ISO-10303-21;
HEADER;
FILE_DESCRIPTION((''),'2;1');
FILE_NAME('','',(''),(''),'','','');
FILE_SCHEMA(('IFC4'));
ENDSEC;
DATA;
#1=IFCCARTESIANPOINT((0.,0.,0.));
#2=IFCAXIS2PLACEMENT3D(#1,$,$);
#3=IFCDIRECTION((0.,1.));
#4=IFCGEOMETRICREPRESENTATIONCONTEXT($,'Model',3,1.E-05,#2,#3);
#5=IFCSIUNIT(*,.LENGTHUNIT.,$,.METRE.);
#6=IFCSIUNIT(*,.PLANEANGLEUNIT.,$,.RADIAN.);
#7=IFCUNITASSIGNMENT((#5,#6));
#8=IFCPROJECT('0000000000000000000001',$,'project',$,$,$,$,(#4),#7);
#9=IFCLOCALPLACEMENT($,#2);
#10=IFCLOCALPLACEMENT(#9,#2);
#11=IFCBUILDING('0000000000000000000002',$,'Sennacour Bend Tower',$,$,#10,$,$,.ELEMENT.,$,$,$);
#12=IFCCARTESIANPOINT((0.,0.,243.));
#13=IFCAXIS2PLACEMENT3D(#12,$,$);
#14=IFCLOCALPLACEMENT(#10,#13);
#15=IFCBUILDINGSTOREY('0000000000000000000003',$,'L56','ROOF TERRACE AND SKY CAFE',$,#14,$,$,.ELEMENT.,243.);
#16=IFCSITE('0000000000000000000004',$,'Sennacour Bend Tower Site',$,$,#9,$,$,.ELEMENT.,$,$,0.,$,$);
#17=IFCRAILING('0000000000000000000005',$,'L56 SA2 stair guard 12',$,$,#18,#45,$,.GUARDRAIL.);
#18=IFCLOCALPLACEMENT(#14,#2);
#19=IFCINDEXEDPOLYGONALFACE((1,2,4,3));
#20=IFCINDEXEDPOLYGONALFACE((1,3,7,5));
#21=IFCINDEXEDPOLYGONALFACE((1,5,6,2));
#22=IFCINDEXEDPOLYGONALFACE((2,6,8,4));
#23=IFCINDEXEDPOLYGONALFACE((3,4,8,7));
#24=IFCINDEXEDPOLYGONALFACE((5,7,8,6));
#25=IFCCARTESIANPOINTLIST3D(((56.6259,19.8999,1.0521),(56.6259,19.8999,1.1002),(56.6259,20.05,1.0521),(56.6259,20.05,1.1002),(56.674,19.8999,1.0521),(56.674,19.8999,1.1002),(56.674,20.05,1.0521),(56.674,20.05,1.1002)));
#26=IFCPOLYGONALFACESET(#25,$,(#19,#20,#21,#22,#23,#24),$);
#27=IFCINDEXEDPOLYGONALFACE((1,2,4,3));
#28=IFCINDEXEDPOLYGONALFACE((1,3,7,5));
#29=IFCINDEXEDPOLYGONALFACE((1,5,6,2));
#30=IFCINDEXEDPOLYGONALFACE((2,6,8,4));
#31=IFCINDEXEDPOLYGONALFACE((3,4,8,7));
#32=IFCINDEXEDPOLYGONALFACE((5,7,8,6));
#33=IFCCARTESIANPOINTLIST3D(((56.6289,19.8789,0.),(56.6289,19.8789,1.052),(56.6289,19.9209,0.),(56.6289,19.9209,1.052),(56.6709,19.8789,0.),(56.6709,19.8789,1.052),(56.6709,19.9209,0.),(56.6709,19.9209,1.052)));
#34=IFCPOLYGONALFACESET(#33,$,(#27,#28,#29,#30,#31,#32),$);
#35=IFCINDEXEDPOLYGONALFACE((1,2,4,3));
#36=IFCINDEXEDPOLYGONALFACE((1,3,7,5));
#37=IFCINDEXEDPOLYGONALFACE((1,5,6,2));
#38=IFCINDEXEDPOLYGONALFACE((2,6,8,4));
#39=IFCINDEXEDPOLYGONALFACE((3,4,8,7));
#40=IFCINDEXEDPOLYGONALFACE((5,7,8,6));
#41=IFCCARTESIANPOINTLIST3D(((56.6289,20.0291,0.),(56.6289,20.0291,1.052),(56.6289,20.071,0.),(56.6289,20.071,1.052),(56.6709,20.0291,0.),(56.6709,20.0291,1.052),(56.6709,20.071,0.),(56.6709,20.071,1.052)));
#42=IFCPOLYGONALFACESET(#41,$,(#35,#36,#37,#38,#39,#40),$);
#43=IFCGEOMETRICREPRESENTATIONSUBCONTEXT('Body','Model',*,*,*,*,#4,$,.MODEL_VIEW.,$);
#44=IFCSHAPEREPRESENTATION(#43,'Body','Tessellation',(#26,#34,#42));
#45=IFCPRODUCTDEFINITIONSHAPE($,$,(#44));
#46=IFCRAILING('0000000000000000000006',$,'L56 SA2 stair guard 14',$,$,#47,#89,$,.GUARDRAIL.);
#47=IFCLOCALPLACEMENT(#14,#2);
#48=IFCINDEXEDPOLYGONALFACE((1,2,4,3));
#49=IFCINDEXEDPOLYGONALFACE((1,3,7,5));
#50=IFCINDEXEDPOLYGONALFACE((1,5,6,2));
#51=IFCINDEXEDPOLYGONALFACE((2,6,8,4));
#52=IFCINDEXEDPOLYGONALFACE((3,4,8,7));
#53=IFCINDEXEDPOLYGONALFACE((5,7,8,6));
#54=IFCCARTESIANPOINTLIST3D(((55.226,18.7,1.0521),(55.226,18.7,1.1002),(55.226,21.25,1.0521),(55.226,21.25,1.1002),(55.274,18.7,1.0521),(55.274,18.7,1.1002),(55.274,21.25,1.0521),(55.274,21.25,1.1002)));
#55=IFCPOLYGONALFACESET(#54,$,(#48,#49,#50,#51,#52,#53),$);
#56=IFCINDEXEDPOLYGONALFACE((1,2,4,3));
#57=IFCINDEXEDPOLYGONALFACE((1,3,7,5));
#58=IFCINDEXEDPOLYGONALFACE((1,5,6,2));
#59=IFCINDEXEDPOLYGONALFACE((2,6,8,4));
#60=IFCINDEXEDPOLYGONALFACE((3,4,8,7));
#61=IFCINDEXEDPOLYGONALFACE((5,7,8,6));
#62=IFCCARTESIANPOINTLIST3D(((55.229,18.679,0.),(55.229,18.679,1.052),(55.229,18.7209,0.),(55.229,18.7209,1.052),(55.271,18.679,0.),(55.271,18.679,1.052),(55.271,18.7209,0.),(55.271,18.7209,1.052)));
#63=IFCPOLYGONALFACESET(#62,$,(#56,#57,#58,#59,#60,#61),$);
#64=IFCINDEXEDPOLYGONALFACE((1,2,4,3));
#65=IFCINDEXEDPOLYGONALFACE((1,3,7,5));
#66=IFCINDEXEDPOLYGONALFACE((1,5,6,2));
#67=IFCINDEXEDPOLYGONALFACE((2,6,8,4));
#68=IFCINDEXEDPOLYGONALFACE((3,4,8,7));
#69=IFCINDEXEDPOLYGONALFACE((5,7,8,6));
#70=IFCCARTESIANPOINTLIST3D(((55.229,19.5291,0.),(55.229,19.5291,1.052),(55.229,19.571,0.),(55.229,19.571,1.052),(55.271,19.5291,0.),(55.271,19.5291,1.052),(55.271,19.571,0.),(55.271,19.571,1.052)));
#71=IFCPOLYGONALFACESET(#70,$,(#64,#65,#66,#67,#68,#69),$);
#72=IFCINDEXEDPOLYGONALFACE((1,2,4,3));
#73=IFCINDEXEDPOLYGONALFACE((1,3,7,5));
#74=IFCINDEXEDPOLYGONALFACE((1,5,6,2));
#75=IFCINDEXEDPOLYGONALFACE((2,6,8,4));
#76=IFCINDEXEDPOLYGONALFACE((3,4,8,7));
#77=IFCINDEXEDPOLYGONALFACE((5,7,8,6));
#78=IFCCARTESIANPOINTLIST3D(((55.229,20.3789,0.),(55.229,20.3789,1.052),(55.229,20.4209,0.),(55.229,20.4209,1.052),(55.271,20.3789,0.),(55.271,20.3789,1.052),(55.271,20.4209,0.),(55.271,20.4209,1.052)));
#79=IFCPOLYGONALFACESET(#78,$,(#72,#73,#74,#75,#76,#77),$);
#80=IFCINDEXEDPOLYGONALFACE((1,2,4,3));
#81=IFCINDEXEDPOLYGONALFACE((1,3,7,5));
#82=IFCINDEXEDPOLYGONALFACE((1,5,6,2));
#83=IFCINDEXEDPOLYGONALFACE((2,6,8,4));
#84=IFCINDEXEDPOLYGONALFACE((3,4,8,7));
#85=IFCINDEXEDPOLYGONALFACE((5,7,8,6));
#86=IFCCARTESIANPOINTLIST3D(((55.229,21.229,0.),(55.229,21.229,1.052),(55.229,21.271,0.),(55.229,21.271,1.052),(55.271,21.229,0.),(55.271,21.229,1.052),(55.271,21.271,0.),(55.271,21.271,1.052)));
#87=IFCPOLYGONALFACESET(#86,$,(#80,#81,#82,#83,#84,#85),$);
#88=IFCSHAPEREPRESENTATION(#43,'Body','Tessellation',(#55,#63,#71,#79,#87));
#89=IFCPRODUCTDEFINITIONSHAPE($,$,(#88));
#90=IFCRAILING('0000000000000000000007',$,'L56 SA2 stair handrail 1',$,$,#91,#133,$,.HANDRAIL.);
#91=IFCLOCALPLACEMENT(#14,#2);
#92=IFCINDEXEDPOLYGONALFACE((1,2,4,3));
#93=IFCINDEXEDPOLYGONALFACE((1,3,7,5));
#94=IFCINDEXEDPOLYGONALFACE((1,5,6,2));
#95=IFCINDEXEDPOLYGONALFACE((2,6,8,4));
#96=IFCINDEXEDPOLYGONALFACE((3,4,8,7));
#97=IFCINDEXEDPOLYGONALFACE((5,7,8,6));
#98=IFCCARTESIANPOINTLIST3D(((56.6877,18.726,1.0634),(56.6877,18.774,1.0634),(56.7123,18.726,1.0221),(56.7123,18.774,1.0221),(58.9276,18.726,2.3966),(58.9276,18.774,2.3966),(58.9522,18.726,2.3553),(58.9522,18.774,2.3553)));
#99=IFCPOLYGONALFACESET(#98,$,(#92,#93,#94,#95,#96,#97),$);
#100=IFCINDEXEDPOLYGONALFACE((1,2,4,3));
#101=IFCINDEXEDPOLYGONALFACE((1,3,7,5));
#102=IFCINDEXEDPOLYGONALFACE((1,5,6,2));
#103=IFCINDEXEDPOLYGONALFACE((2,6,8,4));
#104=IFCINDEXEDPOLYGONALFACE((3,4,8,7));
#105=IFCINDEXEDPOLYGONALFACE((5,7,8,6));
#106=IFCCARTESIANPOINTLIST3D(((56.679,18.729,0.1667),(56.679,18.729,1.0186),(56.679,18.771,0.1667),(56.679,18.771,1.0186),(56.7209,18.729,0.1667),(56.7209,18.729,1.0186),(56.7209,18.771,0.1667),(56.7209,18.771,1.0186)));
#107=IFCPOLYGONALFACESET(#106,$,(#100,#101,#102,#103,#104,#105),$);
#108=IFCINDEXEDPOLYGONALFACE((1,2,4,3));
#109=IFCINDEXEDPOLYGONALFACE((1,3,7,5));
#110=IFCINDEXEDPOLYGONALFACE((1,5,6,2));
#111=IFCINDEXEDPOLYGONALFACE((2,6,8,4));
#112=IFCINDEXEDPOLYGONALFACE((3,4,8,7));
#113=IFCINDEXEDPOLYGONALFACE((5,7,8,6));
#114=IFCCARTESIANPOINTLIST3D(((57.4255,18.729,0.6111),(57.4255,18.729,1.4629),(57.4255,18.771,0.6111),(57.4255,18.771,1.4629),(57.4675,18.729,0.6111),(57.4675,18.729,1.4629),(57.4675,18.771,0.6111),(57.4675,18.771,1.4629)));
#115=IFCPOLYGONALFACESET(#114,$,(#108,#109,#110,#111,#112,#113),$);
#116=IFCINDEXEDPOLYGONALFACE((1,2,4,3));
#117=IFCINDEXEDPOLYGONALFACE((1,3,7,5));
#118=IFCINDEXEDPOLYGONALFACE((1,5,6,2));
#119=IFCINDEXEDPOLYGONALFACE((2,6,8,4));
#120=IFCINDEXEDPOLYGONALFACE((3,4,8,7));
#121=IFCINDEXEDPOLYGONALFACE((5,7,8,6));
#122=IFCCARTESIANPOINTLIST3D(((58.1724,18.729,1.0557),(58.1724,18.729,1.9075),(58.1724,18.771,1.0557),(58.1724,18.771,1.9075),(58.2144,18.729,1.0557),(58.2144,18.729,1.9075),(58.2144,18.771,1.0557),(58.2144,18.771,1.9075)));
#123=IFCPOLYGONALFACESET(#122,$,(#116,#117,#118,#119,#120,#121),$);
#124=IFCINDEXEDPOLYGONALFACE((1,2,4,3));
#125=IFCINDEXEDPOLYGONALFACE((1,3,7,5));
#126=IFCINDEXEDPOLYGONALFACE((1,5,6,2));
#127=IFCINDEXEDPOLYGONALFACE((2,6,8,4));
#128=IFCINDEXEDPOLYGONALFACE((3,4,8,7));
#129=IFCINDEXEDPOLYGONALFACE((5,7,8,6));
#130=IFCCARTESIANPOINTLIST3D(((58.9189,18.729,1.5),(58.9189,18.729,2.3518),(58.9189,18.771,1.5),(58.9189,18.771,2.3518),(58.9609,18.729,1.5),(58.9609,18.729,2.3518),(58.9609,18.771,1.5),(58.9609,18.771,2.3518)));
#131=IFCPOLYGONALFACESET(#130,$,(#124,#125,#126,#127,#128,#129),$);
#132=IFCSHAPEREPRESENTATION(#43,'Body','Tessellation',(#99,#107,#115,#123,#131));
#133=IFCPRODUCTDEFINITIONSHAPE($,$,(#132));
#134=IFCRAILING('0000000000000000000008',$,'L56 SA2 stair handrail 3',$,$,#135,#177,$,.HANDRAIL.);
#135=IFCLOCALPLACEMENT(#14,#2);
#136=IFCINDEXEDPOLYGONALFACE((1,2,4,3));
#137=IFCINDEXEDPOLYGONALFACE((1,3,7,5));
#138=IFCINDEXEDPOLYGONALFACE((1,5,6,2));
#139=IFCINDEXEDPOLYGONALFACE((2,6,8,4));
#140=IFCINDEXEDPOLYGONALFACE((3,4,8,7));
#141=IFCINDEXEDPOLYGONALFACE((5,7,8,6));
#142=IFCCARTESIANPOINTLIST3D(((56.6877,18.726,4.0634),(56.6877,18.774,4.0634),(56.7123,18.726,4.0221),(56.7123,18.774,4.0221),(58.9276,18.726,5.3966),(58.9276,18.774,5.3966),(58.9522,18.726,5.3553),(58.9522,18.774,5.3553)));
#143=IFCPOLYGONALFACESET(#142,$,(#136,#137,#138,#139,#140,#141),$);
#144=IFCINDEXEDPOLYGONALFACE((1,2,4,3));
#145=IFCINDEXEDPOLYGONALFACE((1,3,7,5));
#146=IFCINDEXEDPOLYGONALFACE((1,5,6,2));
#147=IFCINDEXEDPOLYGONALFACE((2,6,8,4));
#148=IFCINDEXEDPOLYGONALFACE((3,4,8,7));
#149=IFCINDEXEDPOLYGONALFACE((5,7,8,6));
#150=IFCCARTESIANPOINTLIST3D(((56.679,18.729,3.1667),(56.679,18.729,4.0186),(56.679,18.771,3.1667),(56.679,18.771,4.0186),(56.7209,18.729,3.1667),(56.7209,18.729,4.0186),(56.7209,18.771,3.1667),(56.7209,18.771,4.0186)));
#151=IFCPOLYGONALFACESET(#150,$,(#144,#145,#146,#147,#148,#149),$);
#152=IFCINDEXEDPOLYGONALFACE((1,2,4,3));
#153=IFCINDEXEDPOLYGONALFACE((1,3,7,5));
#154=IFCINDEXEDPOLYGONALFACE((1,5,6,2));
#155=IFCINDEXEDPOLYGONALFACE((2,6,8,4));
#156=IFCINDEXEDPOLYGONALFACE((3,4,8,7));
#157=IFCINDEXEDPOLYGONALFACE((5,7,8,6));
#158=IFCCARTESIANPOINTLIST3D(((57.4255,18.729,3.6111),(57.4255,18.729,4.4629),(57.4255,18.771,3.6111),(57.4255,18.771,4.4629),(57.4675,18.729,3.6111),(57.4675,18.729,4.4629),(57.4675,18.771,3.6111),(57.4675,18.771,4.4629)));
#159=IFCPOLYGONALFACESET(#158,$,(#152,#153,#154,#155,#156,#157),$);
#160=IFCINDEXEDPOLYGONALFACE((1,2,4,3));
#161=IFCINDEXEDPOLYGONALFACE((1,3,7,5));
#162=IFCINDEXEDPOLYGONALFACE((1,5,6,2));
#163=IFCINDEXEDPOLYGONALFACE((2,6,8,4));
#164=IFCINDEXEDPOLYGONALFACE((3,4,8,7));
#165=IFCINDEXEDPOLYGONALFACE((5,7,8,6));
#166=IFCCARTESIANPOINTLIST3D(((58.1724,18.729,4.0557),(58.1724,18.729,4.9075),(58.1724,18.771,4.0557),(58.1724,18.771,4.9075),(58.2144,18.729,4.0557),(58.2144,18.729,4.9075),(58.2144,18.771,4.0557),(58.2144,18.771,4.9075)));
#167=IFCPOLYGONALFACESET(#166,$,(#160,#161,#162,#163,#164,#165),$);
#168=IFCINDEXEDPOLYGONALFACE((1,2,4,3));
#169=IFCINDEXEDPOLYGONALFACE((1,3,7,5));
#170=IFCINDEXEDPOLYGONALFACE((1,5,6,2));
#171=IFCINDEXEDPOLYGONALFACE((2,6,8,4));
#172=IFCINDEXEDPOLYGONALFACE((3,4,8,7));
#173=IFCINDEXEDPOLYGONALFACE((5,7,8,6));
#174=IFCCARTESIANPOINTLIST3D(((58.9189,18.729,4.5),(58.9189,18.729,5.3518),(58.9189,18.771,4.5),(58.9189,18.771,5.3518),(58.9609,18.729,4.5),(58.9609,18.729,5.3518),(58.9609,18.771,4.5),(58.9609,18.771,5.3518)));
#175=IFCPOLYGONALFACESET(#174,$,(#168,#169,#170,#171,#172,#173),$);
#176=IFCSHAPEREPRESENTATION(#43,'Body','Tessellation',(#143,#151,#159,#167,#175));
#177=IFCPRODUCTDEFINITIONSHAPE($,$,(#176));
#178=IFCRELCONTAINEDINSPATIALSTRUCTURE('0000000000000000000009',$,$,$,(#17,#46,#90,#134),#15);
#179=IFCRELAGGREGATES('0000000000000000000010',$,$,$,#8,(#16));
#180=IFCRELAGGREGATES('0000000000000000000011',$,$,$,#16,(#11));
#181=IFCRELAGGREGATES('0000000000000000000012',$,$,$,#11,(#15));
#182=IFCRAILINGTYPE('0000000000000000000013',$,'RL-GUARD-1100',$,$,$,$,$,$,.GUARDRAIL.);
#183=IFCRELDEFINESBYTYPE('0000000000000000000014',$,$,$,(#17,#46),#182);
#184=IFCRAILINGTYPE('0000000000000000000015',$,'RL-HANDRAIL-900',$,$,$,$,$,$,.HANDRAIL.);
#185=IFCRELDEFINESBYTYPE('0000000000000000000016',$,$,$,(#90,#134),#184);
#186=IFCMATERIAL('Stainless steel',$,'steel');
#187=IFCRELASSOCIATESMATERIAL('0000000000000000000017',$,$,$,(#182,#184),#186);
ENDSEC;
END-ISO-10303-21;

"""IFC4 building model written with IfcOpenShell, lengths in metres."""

from ifc_helpers import new_model, si_unit, direction, frame, origin, origin_2d, place, context, subcontext, project, spatial, rectangle, extrude, material, type_object, element, save


model = new_model("IFC4")

# Units and contexts
model_context = context("Model", 3, precision=1e-05, world=origin(), true_north=direction((0.0, 1.0)))
body_context = subcontext(model_context, "Body", "Model", "MODEL_VIEW")
ifc_project = project(units=[si_unit("LENGTHUNIT", "METRE"), si_unit("PLANEANGLEUNIT", "RADIAN")], contexts=[model_context])

# Site, building, storey
site_placement = place(None, origin())
site = spatial("IfcSite", under=ifc_project, at=site_placement, Name="Sennacour Bend Tower Site", CompositionType="ELEMENT", RefElevation=0.0)
building_placement = place(site_placement, origin())
building = spatial("IfcBuilding", under=site, at=building_placement, Name="Sennacour Bend Tower", CompositionType="ELEMENT")
storey_placement = place(building_placement, frame((0.0, 0.0, 243.0)))
storey = spatial("IfcBuildingStorey", under=building, at=storey_placement, Name="L56", Description="ROOF TERRACE AND SKY CAFE", CompositionType="ELEMENT", Elevation=243.0)

# Shared definitions
ifc_material_1 = material(Name="Stainless steel", Category="steel")

# Railings
railing_type_1 = type_object("IfcRailingType", Name="RL-GUARD-1100", PredefinedType="GUARDRAIL", material=ifc_material_1)
railing_1_placement = place(storey_placement, frame((56.6499, 19.8999, 0.0)))
element("IfcRailing", 1, at=railing_1_placement, inside=storey, type_object=railing_type_1, Name="L56 SA2 stair guard 12", PredefinedType="GUARDRAIL", context=body_context, shape_type="SweptSolid", body=[
    extrude(rectangle(XDim=0.0481, YDim=0.0481, at=origin_2d()), frame((0.0, 0.0, 1.0762), z_axis=(0.0, 1.0, 0.0), x_axis=(-1.0, 0.0, 0.0)), (0.0, 0.0, 1.0), 0.1501),
    extrude(rectangle(XDim=0.042, YDim=0.042, at=origin_2d()), origin(), (0.0, 0.0, 1.0), 1.052),
    extrude(rectangle(XDim=0.042, YDim=0.042, at=origin_2d()), frame((0.0, 0.1501, 0.0)), (0.0, 0.0, 1.0), 1.052),
])
railing_2_placement = place(storey_placement, frame((55.25, 18.7, 0.0)))
element("IfcRailing", 2, at=railing_2_placement, inside=storey, type_object=railing_type_1, Name="L56 SA2 stair guard 14", PredefinedType="GUARDRAIL", context=body_context, shape_type="SweptSolid", body=[
    extrude(rectangle(XDim=0.0481, YDim=0.0481, at=origin_2d()), frame((0.0, 0.0, 1.0762), z_axis=(0.0, 1.0, 0.0), x_axis=(-1.0, 0.0, 0.0)), (0.0, 0.0, 1.0), 2.55),
    extrude(rectangle(XDim=0.042, YDim=0.042, at=origin_2d()), origin(), (0.0, 0.0, 1.0), 1.052),
    extrude(rectangle(XDim=0.042, YDim=0.042, at=origin_2d()), frame((0.0, 0.8501, 0.0)), (0.0, 0.0, 1.0), 1.052),
    extrude(rectangle(XDim=0.042, YDim=0.042, at=origin_2d()), frame((0.0, 1.7, 0.0)), (0.0, 0.0, 1.0), 1.052),
    extrude(rectangle(XDim=0.042, YDim=0.042, at=origin_2d()), frame((0.0, 2.55, 0.0)), (0.0, 0.0, 1.0), 1.052),
])
railing_type_2 = type_object("IfcRailingType", Name="RL-HANDRAIL-900", PredefinedType="HANDRAIL", material=ifc_material_1)
for number, where, name in (
    (3, (56.7, 18.75, 0.1667), "L56 SA2 stair handrail 1"),
    (4, (56.7, 18.75, 3.1667), "L56 SA2 stair handrail 3"),
):
    element("IfcRailing", number, at=place(storey_placement, frame(where)), inside=storey, type_object=railing_type_2, Name=name, PredefinedType="HANDRAIL", context=body_context, shape_type="SweptSolid", body=[
        extrude(rectangle(XDim=0.0481, YDim=0.0481, at=origin_2d()), frame((0.0, 0.0, 0.876), z_axis=(0.859306, 0.0, 0.511462), x_axis=(0.0, 1.0, 0.0)), (0.0, 0.0, 1.0), 2.6067),
        extrude(rectangle(XDim=0.042, YDim=0.042, at=origin_2d()), origin(), (0.0, 0.0, 1.0), 0.8518),
        extrude(rectangle(XDim=0.042, YDim=0.042, at=origin_2d()), frame((0.7466, 0.0, 0.4443)), (0.0, 0.0, 1.0), 0.8518),
        extrude(rectangle(XDim=0.042, YDim=0.042, at=origin_2d()), frame((1.4934, 0.0, 0.8889)), (0.0, 0.0, 1.0), 0.8518),
        extrude(rectangle(XDim=0.042, YDim=0.042, at=origin_2d()), frame((2.24, 0.0, 1.3333)), (0.0, 0.0, 1.0), 0.8518),
    ])

save(model, "model.ifc")
